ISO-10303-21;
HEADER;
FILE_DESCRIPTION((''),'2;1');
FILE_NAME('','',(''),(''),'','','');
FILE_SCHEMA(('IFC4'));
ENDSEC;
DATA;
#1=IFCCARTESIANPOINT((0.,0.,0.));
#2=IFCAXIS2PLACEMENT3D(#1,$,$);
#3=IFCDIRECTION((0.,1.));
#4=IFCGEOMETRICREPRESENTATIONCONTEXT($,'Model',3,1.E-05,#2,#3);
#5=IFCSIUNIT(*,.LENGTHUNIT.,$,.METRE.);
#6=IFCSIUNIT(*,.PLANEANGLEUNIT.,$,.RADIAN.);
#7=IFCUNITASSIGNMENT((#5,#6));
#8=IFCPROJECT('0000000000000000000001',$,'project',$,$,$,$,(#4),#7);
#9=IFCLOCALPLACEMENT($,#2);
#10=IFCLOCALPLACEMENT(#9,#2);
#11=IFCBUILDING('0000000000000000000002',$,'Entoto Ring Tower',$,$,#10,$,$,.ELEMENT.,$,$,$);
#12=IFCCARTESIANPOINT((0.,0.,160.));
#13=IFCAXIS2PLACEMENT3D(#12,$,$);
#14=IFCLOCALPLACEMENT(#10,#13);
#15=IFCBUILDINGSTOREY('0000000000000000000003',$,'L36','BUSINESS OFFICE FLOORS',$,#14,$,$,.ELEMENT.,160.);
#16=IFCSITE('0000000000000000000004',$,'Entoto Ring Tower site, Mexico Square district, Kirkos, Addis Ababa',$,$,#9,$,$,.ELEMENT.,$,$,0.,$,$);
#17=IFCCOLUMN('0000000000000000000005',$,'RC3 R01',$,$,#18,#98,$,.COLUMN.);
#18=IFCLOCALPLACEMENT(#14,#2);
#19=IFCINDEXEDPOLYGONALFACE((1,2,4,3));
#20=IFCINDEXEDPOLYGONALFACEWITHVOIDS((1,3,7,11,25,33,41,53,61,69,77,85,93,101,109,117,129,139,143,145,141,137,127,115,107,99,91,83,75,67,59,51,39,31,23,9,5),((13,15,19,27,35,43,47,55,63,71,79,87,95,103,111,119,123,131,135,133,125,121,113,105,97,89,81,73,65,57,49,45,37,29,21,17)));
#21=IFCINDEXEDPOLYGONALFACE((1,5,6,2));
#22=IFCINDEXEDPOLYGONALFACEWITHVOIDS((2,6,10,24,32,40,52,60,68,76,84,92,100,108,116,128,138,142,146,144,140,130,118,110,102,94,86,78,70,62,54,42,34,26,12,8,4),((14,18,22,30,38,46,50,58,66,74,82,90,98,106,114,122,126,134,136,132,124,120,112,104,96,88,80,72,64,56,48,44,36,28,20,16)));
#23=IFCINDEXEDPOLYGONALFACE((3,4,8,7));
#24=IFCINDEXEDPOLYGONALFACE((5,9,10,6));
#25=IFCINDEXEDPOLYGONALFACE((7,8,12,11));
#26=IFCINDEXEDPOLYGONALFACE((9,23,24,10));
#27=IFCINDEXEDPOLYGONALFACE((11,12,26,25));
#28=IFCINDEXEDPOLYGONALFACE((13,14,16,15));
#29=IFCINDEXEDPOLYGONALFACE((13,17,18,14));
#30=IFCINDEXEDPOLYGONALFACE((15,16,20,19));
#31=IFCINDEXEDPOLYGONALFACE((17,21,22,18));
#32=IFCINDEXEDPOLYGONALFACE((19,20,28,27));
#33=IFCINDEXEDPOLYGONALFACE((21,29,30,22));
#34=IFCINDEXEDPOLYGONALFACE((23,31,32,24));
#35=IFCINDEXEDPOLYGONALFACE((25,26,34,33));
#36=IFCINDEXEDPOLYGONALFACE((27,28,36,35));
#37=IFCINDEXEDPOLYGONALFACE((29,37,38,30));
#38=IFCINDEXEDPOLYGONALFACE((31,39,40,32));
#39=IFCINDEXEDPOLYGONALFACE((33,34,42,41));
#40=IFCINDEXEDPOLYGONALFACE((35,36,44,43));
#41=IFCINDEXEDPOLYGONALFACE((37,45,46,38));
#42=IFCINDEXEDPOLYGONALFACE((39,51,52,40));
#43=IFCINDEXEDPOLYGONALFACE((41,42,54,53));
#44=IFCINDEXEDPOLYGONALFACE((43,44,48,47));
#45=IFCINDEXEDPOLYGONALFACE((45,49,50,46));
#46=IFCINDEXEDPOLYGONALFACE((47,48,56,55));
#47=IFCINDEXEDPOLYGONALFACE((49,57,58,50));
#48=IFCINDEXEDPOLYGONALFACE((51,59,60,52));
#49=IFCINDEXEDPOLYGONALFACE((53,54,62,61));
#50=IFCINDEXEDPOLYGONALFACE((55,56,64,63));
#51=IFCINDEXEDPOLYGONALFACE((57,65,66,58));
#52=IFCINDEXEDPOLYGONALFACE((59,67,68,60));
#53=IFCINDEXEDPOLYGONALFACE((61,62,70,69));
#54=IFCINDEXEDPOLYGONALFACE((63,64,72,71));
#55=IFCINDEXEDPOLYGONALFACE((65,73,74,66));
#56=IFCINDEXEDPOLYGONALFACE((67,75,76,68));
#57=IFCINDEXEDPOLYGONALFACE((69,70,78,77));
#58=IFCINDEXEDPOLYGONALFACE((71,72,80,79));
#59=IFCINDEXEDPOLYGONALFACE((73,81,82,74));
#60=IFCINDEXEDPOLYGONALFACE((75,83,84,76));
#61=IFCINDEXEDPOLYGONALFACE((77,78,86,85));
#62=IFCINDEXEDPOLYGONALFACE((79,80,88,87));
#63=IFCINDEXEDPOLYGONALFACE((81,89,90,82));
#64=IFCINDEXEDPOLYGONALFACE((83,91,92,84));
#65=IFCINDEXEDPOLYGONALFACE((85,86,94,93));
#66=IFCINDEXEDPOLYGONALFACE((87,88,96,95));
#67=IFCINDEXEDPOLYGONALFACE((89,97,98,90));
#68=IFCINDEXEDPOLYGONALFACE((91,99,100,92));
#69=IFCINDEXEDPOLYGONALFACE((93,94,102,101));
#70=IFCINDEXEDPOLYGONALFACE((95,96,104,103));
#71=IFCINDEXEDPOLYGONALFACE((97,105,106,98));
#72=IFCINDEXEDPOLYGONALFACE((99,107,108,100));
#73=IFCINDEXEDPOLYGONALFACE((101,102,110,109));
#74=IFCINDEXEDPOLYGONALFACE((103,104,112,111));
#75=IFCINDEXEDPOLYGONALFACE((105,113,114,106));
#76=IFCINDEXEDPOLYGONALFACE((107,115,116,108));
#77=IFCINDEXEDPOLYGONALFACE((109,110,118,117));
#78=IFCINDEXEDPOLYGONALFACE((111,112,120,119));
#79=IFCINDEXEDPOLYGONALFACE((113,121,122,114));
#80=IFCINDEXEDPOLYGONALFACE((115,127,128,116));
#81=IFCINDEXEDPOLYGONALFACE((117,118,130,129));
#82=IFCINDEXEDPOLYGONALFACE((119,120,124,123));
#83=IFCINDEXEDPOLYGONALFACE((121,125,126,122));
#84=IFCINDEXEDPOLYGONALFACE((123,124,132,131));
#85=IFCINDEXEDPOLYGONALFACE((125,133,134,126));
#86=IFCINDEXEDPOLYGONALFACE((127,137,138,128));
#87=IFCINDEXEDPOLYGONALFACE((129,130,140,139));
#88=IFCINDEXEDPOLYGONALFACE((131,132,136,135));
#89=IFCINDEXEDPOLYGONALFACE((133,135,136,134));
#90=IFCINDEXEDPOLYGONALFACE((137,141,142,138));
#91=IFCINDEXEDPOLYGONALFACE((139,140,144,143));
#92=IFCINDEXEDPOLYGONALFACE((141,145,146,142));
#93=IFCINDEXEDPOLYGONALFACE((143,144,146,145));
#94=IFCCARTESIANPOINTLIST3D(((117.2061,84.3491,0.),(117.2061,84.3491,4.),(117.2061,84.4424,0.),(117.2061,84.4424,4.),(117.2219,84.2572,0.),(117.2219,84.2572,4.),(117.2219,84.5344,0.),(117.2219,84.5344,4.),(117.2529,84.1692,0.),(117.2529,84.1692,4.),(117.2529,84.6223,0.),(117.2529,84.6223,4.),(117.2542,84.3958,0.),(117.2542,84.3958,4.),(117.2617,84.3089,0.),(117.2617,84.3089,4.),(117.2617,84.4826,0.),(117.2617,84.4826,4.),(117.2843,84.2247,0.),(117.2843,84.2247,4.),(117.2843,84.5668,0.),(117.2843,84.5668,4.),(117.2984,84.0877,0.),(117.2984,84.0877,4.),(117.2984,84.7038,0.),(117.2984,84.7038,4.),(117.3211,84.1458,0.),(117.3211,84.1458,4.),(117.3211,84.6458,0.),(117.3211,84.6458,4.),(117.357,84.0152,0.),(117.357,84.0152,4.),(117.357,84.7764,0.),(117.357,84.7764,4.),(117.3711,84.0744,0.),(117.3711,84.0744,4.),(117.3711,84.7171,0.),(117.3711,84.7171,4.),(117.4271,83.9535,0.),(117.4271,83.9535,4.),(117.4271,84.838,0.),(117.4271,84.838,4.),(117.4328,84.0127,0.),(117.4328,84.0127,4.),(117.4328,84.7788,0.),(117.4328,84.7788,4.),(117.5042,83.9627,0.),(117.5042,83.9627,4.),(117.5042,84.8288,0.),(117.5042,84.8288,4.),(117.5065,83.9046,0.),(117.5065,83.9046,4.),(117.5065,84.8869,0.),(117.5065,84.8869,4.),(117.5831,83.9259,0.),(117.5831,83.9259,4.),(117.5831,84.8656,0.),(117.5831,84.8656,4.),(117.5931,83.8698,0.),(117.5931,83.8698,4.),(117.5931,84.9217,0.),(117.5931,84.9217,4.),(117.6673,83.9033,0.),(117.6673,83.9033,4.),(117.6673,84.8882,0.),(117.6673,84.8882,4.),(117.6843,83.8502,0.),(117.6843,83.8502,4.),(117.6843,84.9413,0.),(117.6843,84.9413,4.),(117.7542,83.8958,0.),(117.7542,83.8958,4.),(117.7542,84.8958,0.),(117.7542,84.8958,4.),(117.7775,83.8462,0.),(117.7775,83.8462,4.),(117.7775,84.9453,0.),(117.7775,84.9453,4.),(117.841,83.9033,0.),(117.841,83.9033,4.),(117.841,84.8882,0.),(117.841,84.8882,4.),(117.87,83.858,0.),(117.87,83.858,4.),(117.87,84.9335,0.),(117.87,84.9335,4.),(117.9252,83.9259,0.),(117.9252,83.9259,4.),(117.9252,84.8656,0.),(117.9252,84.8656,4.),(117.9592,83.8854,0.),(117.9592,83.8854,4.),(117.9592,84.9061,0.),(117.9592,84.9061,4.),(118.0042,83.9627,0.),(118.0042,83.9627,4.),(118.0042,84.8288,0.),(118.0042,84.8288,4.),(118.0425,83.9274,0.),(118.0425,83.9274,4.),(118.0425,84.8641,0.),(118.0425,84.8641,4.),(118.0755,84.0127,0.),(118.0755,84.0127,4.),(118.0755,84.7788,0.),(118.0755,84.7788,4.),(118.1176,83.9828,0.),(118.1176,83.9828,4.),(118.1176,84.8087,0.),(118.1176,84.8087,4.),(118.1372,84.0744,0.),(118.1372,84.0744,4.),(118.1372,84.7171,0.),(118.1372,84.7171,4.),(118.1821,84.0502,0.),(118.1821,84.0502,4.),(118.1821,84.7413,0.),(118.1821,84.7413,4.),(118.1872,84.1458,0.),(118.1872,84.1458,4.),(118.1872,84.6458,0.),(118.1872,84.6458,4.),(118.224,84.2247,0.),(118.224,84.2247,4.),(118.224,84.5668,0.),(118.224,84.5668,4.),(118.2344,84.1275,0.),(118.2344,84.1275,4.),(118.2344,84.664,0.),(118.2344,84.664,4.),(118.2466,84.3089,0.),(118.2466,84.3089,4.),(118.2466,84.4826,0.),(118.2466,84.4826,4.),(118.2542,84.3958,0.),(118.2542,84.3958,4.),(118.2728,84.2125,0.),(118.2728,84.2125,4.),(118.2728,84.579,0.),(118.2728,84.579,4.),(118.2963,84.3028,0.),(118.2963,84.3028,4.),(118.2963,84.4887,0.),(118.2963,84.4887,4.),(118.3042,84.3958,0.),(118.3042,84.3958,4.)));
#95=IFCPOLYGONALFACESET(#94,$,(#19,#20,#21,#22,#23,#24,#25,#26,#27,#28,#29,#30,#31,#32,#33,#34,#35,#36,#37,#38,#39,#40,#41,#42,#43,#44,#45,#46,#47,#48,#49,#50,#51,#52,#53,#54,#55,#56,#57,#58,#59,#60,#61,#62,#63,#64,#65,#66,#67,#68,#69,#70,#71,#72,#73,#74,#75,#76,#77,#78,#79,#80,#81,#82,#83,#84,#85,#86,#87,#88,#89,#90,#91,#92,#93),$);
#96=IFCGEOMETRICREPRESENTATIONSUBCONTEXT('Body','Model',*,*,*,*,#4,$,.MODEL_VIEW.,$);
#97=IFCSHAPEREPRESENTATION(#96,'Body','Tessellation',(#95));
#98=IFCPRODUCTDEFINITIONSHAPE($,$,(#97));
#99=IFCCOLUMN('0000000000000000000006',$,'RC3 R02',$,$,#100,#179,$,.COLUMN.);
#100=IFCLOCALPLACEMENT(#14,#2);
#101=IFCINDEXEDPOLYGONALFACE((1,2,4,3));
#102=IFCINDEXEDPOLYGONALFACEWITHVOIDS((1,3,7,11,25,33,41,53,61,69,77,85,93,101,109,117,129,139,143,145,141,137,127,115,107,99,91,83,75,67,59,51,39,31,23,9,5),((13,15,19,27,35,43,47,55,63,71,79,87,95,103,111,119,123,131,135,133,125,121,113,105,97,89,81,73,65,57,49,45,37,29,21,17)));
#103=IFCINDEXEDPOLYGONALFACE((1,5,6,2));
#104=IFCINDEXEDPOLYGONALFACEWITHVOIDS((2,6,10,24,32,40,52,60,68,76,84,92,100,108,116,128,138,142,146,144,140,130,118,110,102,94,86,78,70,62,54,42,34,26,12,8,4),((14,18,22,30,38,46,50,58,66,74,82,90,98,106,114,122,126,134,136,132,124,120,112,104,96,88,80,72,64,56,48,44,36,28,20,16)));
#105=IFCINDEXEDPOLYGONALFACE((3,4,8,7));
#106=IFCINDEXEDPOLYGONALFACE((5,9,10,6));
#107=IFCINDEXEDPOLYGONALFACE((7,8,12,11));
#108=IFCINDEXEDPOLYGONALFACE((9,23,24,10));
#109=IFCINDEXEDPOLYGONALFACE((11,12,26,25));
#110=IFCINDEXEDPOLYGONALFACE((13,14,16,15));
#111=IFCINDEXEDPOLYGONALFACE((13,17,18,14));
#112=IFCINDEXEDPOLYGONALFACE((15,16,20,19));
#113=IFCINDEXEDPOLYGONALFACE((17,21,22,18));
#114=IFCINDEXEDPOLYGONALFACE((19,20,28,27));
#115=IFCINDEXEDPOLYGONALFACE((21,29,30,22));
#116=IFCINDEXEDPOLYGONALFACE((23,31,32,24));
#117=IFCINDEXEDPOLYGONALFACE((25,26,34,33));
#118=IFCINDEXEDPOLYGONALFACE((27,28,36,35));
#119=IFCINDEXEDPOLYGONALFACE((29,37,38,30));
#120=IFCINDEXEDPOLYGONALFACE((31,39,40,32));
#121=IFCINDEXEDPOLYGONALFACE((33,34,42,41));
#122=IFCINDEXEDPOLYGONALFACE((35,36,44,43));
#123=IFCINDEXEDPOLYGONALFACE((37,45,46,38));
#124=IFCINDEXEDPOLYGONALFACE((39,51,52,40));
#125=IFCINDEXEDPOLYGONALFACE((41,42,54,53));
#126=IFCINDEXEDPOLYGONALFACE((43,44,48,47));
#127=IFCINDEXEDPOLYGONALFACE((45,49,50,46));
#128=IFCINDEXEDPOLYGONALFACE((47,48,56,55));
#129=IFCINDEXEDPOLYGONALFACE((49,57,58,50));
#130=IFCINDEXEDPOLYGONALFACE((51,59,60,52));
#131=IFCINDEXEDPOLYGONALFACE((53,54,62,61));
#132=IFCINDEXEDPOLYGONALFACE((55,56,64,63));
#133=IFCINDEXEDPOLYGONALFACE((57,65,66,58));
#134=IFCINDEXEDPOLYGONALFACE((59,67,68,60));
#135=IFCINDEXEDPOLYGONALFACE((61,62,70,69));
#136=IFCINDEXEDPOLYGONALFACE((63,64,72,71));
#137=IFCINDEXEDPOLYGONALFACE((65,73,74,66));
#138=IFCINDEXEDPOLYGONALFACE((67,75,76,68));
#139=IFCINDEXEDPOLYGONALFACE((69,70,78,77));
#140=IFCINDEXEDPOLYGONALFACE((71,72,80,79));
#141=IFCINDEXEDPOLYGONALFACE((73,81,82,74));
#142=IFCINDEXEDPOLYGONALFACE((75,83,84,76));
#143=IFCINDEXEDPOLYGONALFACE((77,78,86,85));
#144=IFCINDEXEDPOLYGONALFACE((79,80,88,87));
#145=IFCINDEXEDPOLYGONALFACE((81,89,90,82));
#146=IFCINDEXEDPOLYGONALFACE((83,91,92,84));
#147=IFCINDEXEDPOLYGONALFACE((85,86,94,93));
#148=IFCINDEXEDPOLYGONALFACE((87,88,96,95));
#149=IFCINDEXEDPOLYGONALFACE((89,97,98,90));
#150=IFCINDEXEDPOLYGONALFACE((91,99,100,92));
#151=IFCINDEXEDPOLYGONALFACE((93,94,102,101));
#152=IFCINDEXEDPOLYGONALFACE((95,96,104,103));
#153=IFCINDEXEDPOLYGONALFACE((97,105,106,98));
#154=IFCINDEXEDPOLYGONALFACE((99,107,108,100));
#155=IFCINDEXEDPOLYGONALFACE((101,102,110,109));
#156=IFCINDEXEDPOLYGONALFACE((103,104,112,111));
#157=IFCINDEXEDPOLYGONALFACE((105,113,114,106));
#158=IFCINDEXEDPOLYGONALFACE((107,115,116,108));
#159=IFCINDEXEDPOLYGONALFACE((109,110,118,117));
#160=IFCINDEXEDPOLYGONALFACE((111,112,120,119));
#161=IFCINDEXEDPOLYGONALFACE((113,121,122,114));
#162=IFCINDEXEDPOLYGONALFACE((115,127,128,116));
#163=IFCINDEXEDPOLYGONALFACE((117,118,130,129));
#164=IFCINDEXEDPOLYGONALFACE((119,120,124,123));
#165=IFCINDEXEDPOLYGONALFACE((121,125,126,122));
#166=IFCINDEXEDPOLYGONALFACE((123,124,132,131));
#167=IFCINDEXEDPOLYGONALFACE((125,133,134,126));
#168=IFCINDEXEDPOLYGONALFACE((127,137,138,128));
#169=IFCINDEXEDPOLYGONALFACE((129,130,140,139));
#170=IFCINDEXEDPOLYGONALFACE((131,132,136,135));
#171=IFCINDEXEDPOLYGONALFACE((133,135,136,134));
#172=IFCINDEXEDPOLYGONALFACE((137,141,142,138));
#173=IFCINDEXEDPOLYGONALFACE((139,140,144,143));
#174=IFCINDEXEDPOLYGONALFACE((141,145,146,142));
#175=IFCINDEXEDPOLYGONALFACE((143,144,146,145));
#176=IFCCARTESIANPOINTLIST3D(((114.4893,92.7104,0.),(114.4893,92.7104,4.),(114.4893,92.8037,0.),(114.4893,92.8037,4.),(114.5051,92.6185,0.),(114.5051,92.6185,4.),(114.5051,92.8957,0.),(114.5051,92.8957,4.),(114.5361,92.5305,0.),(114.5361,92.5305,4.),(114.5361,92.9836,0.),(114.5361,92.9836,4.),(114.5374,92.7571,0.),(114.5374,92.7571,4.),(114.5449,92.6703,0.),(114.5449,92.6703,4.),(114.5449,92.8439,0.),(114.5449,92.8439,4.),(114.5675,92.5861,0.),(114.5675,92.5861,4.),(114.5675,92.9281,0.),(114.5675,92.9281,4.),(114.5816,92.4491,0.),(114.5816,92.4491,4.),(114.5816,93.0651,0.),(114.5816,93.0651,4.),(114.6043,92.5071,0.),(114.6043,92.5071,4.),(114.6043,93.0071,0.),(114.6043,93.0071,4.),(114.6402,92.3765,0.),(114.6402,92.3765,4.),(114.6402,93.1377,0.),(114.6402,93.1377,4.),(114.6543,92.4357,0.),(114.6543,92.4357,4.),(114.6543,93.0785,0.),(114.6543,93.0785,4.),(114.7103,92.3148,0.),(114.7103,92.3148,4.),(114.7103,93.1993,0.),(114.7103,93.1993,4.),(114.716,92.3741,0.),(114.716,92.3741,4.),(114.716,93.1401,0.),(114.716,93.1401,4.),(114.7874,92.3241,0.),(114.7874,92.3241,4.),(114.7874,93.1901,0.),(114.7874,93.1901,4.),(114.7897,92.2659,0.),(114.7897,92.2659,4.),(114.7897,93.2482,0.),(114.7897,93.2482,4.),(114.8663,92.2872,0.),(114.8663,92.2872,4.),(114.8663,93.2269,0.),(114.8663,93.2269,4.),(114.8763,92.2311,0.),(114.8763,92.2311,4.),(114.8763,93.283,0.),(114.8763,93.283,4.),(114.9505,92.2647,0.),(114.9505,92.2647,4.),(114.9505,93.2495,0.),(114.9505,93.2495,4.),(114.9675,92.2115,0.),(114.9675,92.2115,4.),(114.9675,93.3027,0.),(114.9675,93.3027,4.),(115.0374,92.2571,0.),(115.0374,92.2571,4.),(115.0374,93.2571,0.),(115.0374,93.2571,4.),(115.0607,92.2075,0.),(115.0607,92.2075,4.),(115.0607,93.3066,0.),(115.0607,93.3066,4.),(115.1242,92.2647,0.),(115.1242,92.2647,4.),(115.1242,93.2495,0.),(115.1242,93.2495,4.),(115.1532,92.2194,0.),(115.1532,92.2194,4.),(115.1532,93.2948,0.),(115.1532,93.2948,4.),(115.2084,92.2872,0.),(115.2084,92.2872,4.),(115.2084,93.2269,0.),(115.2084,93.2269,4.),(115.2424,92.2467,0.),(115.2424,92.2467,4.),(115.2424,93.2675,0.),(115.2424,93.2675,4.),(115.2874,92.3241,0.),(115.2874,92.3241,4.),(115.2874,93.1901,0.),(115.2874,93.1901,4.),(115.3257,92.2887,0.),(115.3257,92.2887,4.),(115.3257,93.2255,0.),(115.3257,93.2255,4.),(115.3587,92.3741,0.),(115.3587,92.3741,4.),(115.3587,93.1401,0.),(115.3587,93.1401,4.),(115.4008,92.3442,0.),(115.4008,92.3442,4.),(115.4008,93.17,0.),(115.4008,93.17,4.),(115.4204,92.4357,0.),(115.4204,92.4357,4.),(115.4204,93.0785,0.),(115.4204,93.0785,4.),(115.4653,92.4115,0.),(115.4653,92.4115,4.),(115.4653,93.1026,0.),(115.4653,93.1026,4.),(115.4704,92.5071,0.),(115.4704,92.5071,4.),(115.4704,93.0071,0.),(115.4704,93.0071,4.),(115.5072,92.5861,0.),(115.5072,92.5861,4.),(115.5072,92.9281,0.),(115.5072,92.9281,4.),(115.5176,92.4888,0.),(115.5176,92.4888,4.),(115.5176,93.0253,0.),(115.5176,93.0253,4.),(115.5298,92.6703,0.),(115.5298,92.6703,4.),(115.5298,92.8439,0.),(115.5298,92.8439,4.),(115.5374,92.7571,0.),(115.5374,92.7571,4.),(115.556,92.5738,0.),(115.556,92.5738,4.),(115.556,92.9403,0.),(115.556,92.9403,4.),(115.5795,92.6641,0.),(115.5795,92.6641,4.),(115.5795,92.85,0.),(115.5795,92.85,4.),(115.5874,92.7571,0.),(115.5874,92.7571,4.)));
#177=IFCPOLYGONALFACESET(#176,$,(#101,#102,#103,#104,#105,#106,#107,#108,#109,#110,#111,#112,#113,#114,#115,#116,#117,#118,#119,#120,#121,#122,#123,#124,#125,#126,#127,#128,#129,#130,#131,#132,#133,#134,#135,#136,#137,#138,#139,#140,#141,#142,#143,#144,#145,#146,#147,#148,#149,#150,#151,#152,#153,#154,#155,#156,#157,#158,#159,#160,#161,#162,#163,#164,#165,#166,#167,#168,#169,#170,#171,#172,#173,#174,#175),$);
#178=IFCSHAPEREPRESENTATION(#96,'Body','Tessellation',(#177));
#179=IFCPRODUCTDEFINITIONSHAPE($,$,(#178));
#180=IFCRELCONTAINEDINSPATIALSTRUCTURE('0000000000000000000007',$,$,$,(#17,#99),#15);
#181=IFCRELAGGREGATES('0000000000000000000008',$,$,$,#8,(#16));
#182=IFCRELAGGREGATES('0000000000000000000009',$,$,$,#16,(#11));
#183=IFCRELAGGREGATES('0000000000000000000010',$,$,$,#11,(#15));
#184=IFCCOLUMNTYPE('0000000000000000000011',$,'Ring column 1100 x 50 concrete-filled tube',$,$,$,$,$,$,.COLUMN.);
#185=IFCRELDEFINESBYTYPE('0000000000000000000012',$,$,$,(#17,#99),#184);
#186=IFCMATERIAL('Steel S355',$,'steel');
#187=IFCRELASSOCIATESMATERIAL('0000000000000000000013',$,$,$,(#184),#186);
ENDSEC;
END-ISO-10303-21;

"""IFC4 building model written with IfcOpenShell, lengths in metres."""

from ifc_helpers import new_model, si_unit, direction, frame, origin, origin_2d, place, context, subcontext, project, spatial, circle, hollow_circle, extrude, material, material_profile, profile_set, type_object, element, save


model = new_model("IFC4")

# Units and contexts
model_context = context("Model", 3, precision=1e-05, world=origin(), true_north=direction((0.0, 1.0)))
body_context = subcontext(model_context, "Body", "Model", "MODEL_VIEW")
ifc_project = project(units=[si_unit("LENGTHUNIT", "METRE"), si_unit("PLANEANGLEUNIT", "RADIAN")], contexts=[model_context])

# Site, building, storey
site_placement = place(None, origin())
site = spatial("IfcSite", under=ifc_project, at=site_placement, Name="Entoto Ring Tower site, Mexico Square district, Kirkos, Addis Ababa", CompositionType="ELEMENT", RefElevation=0.0)
building_placement = place(site_placement, origin())
building = spatial("IfcBuilding", under=site, at=building_placement, Name="Entoto Ring Tower", CompositionType="ELEMENT")
storey_placement = place(building_placement, frame((0.0, 0.0, 160.0)))
storey = spatial("IfcBuildingStorey", under=building, at=storey_placement, Name="L36", Description="BUSINESS OFFICE FLOORS", CompositionType="ELEMENT", Elevation=160.0)

# Columns
ifc_material_1 = material(Name="Steel S355", Category="steel")
ifc_material_profile_1 = material_profile(ifc_material_1, hollow_circle(Radius=0.55, WallThickness=0.05, at=origin_2d()), Name="CHS 1100 x 50")
ifc_material_2 = material(Name="Concrete C60/75", Category="concrete")
ifc_material_profile_2 = material_profile(ifc_material_2, circle(Radius=0.5, at=origin_2d()), Name="Concrete C60/75 infill")
ifc_profile_set_1 = profile_set([ifc_material_profile_1, ifc_material_profile_2], Name="Steel S355")
column_type = type_object("IfcColumnType", Name="Ring column 1100 x 50 concrete-filled tube", PredefinedType="COLUMN", material=ifc_profile_set_1)
for number, where, z_axis, x_axis, name in (
    (1, (117.7542, 84.3958, 0.0), (0.0, 0.0, 1.0), (1.0, 0.0, 0.0), "RC3 R01"),
    (2, (115.0374, 92.7571, 0.0), (0.0, 0.0, 1.0), (1.0, 0.0, 0.0), "RC3 R02"),
):
    element("IfcColumn", number, at=place(storey_placement, frame(where, z_axis=z_axis, x_axis=x_axis)), inside=storey, type_object=column_type, Name=name, PredefinedType="COLUMN", context=body_context, shape_type="SweptSolid", body=[
        extrude(hollow_circle(Radius=0.55, WallThickness=0.05, at=origin_2d()), origin(), (0.0, 0.0, 1.0), 4.0),
    ])

save(model, "model.ifc")
